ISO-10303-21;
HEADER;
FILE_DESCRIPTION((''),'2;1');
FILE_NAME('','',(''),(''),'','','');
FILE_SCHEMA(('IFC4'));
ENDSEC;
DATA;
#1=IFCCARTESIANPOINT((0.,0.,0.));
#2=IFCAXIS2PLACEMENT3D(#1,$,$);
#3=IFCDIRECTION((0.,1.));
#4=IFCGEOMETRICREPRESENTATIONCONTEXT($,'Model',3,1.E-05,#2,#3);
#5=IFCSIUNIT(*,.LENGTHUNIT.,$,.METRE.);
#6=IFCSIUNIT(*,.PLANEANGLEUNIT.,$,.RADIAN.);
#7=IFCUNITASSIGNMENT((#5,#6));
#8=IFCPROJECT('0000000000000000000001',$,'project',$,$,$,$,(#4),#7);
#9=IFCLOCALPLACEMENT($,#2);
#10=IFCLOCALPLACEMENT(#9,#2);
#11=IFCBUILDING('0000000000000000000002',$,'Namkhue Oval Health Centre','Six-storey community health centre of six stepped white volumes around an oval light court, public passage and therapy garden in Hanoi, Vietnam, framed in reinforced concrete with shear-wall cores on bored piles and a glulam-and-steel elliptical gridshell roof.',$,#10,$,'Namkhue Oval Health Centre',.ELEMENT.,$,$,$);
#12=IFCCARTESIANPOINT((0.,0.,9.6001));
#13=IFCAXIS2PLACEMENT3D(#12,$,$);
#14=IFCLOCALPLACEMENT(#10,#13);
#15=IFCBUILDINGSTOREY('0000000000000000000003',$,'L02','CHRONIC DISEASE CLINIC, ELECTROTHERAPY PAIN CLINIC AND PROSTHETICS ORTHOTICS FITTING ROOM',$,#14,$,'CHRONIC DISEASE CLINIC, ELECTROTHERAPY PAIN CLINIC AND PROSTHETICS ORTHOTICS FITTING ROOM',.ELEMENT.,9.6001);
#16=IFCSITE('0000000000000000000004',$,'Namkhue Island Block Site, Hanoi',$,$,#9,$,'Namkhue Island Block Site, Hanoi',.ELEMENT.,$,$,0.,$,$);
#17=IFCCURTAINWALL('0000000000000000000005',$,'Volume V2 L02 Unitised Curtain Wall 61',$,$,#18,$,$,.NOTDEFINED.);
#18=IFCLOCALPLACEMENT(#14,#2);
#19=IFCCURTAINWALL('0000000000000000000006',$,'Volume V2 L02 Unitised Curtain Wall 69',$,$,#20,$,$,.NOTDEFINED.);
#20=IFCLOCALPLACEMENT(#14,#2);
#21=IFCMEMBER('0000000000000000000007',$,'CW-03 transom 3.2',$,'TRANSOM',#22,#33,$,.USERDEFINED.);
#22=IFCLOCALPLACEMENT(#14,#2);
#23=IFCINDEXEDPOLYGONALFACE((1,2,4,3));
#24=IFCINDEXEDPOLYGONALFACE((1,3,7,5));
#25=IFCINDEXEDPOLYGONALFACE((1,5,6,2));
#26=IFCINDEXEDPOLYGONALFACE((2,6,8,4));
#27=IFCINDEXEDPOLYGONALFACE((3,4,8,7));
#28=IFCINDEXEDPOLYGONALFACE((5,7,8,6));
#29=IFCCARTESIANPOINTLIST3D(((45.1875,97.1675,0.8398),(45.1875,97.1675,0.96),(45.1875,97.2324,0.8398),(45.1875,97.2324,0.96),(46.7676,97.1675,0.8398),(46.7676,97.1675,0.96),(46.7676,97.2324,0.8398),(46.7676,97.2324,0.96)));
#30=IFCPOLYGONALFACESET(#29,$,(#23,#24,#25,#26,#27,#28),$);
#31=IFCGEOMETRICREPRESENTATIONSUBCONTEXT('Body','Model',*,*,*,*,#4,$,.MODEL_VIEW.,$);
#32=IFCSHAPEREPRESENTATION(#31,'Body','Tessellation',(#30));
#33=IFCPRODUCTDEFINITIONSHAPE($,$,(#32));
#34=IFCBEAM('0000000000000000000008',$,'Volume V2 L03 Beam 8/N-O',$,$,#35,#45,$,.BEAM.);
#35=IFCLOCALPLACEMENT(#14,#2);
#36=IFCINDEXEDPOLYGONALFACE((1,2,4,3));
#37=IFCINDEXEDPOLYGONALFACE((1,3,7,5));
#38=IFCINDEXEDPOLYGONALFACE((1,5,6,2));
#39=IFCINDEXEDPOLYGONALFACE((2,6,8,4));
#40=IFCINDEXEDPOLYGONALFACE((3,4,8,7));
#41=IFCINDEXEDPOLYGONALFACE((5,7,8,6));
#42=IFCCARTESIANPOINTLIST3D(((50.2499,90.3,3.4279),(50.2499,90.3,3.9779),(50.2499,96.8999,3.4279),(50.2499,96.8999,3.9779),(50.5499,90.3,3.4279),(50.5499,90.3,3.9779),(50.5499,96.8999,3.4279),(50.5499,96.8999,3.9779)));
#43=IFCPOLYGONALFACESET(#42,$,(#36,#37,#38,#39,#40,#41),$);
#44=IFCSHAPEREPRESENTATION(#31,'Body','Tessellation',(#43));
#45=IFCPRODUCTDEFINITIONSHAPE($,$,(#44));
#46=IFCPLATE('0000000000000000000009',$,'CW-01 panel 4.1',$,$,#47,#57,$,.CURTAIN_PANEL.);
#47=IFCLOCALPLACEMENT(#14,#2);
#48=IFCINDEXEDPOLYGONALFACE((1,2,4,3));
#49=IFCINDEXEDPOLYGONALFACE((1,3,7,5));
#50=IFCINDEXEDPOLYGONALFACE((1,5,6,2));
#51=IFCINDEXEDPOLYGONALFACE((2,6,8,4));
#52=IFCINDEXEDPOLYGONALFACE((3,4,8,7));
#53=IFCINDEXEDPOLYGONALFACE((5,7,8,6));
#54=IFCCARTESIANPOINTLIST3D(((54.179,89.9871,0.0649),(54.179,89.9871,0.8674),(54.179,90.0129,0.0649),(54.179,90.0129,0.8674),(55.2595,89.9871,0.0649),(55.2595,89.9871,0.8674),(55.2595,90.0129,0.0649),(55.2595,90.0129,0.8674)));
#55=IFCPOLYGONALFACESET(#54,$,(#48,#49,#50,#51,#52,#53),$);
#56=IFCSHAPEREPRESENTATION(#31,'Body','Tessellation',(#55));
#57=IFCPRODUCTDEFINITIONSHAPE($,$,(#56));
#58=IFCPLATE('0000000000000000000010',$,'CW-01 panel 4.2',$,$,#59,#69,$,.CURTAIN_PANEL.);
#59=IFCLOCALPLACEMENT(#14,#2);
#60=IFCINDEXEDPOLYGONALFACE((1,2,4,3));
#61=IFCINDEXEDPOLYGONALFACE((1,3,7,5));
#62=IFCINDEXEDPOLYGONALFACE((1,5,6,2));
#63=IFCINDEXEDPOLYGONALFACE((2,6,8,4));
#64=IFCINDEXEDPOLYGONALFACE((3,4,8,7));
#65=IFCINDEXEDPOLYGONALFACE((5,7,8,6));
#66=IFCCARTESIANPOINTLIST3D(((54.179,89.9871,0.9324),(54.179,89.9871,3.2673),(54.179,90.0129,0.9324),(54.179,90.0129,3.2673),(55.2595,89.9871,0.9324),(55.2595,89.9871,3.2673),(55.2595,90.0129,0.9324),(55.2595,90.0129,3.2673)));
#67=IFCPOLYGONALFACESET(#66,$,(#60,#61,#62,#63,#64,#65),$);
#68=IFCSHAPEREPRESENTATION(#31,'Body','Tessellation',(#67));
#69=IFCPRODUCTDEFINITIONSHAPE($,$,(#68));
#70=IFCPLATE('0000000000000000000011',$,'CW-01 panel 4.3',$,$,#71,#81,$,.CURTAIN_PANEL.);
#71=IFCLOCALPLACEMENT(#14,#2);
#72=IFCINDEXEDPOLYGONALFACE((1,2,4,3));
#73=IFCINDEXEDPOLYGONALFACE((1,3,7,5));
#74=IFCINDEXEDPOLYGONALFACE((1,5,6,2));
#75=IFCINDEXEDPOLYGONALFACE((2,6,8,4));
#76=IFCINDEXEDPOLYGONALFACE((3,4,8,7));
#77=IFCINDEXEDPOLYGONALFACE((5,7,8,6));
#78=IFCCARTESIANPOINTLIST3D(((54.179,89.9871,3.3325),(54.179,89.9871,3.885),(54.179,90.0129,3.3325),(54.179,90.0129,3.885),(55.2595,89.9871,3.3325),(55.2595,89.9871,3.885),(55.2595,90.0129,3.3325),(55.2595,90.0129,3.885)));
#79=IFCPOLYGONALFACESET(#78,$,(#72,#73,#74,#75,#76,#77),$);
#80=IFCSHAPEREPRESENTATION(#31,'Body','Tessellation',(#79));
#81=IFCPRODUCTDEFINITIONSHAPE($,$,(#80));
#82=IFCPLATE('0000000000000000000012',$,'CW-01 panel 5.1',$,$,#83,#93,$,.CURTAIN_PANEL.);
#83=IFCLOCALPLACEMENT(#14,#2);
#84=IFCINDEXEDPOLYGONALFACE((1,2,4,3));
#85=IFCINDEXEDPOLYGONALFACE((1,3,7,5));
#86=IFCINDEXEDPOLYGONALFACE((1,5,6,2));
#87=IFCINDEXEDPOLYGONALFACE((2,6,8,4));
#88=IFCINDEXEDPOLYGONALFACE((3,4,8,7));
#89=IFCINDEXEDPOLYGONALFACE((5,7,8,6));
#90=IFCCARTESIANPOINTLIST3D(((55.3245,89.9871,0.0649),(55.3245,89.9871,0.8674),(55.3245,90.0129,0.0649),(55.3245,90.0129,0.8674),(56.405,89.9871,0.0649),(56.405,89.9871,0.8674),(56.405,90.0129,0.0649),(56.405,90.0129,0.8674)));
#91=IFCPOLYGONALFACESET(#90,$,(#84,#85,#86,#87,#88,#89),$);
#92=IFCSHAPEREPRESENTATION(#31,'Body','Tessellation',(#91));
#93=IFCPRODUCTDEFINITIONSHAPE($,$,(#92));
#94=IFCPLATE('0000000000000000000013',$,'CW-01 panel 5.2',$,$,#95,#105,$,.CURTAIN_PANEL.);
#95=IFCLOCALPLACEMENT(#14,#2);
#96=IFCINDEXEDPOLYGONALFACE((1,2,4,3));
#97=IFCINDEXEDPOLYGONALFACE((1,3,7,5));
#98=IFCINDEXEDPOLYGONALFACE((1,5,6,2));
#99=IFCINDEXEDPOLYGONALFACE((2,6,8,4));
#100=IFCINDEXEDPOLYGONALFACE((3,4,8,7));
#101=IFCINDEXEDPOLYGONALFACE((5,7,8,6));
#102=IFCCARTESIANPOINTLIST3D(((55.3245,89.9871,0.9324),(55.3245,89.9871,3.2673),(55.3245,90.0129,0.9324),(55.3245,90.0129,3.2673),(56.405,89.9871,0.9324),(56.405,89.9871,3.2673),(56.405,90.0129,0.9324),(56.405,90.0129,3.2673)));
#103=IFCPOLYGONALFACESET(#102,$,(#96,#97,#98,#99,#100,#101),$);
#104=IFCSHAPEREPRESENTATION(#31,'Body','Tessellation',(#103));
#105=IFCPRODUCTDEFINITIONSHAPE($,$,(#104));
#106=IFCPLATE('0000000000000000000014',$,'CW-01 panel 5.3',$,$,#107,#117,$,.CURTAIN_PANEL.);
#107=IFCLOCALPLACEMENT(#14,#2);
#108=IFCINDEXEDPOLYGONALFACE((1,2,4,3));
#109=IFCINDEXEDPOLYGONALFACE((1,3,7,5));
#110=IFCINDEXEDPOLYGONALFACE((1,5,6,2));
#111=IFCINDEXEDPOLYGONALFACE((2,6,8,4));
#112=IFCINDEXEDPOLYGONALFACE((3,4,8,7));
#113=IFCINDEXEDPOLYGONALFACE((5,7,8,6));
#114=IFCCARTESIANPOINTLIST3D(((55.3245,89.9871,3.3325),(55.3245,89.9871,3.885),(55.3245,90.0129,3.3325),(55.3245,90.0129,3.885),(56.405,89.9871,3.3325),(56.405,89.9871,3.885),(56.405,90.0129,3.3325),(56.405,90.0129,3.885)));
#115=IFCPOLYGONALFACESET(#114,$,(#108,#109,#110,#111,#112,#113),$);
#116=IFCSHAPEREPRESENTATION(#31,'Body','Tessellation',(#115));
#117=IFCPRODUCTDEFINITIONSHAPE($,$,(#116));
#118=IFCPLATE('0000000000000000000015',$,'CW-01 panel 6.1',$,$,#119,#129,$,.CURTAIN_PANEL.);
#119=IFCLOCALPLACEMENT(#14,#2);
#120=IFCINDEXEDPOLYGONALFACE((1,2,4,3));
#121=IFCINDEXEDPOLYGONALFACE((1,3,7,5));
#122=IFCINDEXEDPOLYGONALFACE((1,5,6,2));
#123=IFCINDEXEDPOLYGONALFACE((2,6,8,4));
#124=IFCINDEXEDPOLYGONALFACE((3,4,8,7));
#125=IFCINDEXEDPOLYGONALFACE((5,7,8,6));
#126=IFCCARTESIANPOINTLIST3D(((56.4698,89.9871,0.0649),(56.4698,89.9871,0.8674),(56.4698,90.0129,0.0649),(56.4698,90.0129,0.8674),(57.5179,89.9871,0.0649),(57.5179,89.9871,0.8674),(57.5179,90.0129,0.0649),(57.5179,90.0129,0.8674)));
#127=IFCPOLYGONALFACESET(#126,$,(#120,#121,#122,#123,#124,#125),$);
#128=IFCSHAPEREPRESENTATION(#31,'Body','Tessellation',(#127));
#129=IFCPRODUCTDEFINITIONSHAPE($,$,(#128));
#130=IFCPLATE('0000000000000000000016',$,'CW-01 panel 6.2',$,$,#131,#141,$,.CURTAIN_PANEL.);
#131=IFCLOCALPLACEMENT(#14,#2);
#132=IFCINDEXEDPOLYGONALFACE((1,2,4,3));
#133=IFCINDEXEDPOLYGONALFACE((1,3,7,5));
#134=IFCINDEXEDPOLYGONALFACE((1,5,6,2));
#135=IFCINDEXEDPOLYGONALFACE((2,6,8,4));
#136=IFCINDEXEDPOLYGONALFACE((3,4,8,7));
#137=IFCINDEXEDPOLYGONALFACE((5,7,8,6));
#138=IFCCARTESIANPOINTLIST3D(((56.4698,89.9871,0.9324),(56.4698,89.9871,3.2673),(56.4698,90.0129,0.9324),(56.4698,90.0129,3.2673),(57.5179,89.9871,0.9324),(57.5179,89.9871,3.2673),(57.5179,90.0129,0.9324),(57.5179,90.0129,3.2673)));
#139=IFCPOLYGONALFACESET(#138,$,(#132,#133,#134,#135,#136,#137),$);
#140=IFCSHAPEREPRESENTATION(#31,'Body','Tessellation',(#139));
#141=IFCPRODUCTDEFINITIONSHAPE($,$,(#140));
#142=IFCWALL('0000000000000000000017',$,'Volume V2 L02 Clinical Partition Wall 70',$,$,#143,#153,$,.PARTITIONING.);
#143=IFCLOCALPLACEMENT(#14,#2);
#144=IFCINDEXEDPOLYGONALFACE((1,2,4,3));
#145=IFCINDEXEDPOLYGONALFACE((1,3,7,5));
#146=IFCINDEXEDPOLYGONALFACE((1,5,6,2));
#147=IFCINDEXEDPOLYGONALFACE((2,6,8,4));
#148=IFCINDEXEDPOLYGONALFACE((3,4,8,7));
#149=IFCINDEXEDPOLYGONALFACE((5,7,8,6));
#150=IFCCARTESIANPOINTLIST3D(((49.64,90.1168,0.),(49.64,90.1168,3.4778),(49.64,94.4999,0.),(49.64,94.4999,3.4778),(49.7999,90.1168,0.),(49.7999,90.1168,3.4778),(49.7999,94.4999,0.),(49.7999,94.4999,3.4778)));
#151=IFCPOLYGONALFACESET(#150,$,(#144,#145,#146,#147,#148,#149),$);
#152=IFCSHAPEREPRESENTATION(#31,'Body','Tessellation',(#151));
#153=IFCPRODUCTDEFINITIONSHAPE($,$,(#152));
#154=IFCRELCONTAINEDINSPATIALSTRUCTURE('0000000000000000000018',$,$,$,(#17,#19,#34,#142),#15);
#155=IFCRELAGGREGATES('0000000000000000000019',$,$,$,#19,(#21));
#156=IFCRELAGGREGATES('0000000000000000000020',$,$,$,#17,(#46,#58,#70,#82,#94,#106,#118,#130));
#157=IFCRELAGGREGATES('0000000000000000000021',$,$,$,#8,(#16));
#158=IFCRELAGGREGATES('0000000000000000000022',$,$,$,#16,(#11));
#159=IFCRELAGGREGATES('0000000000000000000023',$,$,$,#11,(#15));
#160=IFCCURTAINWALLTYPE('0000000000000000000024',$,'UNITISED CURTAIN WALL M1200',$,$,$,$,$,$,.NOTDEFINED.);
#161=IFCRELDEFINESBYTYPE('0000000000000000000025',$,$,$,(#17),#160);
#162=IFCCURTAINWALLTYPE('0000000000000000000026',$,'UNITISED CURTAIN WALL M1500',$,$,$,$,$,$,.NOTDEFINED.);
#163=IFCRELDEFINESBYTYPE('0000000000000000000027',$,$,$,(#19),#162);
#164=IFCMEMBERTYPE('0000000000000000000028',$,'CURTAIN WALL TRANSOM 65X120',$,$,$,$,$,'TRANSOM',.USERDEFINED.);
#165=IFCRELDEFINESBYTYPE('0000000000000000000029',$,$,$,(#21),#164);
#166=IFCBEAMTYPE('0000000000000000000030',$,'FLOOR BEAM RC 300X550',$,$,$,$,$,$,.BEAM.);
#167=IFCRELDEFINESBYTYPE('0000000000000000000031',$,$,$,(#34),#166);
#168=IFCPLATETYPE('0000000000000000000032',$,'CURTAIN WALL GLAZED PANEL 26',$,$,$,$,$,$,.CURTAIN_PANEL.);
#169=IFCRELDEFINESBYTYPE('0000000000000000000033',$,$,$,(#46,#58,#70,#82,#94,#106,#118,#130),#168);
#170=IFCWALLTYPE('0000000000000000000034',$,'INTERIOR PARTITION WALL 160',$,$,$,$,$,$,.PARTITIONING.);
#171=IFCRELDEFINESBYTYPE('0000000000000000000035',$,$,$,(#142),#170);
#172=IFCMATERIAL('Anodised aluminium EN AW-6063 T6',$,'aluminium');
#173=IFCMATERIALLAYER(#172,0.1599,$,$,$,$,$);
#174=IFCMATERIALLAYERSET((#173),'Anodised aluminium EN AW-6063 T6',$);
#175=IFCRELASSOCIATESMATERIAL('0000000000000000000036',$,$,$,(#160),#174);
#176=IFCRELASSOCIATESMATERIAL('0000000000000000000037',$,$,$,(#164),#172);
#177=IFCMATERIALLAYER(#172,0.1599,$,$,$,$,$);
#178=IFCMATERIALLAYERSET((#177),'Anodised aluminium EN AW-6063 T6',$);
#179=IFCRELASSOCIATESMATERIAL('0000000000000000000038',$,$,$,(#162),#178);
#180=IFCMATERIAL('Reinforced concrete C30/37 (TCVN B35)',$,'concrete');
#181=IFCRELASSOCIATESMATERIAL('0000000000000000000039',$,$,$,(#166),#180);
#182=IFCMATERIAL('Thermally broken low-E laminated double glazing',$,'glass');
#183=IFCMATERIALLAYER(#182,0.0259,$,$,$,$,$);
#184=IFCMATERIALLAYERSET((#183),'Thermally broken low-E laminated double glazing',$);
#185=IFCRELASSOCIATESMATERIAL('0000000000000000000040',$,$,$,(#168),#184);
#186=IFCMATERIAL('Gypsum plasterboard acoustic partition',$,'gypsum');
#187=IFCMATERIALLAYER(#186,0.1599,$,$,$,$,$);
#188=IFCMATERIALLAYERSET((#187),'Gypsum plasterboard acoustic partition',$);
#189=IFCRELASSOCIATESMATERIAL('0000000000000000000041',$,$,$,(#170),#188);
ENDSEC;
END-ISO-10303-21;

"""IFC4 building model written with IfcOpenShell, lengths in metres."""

from ifc_helpers import new_model, si_unit, direction, frame, frame_2d, origin, origin_2d, place, context, subcontext, project, spatial, rectangle, extrude, material, layer, layer_set, material_profile, profile_set, type_object, element, aggregate, save


model = new_model("IFC4")

# Units and contexts
model_context = context("Model", 3, precision=1e-05, world=origin(), true_north=direction((0.0, 1.0)))
body_context = subcontext(model_context, "Body", "Model", "MODEL_VIEW")
ifc_project = project(units=[si_unit("LENGTHUNIT", "METRE"), si_unit("PLANEANGLEUNIT", "RADIAN")], contexts=[model_context])

# Site, building, storey
site_placement = place(None, origin())
site = spatial("IfcSite", under=ifc_project, at=site_placement, Name="Namkhue Island Block Site, Hanoi", LongName="Namkhue Island Block Site, Hanoi", CompositionType="ELEMENT", RefElevation=0.0)
building_placement = place(site_placement, origin())
building = spatial("IfcBuilding", under=site, at=building_placement, Name="Namkhue Oval Health Centre", Description="Six-storey community health centre of six stepped white volumes around an oval light court, public passage and therapy garden in Hanoi, Vietnam, framed in reinforced concrete with shear-wall cores on bored piles and a glulam-and-steel elliptical gridshell roof.", LongName="Namkhue Oval Health Centre", CompositionType="ELEMENT")
storey_placement = place(building_placement, frame((0.0, 0.0, 9.6001)))
storey = spatial("IfcBuildingStorey", under=building, at=storey_placement, Name="L02", Description="CHRONIC DISEASE CLINIC, ELECTROTHERAPY PAIN CLINIC AND PROSTHETICS ORTHOTICS FITTING ROOM", LongName="CHRONIC DISEASE CLINIC, ELECTROTHERAPY PAIN CLINIC AND PROSTHETICS ORTHOTICS FITTING ROOM", CompositionType="ELEMENT", Elevation=9.6001)

# Curtain wall
ifc_material_1 = material(Name="Anodised aluminium EN AW-6063 T6", Category="aluminium")
ifc_layer_1 = layer(ifc_material_1, 0.1599)
ifc_layer_set_1 = layer_set([ifc_layer_1], Name="Anodised aluminium EN AW-6063 T6")
curtain_wall_type_1 = type_object("IfcCurtainWallType", Name="UNITISED CURTAIN WALL M1200", PredefinedType="NOTDEFINED", material=ifc_layer_set_1)
curtain_wall_1_placement = place(storey_placement, origin())
curtain_wall_1 = element("IfcCurtainWall", 1, at=curtain_wall_1_placement, inside=storey, type_object=curtain_wall_type_1, Name="Volume V2 L02 Unitised Curtain Wall 61", PredefinedType="NOTDEFINED")
ifc_material_profile_1 = material_profile(ifc_material_1, rectangle(XDim=0.0649, YDim=0.1201, at=origin_2d()), Name="ALU 65x120")
ifc_profile_set_1 = profile_set([ifc_material_profile_1], Name="Anodised aluminium EN AW-6063 T6")
member_type_1 = type_object("IfcMemberType", Name="CURTAIN WALL TRANSOM 65X120", ElementType="TRANSOM", PredefinedType="USERDEFINED", material=ifc_profile_set_1)

# Curtain wall, member
ifc_layer_2 = layer(ifc_material_1, 0.1599)
ifc_layer_set_2 = layer_set([ifc_layer_2], Name="Anodised aluminium EN AW-6063 T6")
curtain_wall_type_2 = type_object("IfcCurtainWallType", Name="UNITISED CURTAIN WALL M1500", PredefinedType="NOTDEFINED", material=ifc_layer_set_2)
curtain_wall_2_placement = place(storey_placement, origin())
curtain_wall_2 = element("IfcCurtainWall", 2, at=curtain_wall_2_placement, inside=storey, type_object=curtain_wall_type_2, Name="Volume V2 L02 Unitised Curtain Wall 69", PredefinedType="NOTDEFINED")
member_1_placement = place(storey_placement, frame((46.7676, 97.2, 0.8999), z_axis=(-1.0, 0.0, 0.0), x_axis=(0.0, -1.0, 0.0)))
member_1 = element("IfcMember", 3, at=member_1_placement, type_object=member_type_1, Name="CW-03 transom 3.2", ObjectType="TRANSOM", PredefinedType="USERDEFINED", context=body_context, shape_type="SweptSolid", body=[
    extrude(rectangle(XDim=0.0649, YDim=0.1201, at=origin_2d()), origin(), (0.0, 0.0, 1.0), 1.5801),
])
aggregate(curtain_wall_2, [member_1])

# Beam
ifc_material_2 = material(Name="Reinforced concrete C30/37 (TCVN B35)", Category="concrete")
ifc_material_profile_2 = material_profile(ifc_material_2, rectangle(XDim=0.3, YDim=0.55, at=origin_2d()), Name="RC 300x550")
ifc_profile_set_2 = profile_set([ifc_material_profile_2], Name="Reinforced concrete C30/37 (TCVN B35)")
beam_type = type_object("IfcBeamType", Name="FLOOR BEAM RC 300X550", PredefinedType="BEAM", material=ifc_profile_set_2)
beam_placement = place(storey_placement, frame((50.3999, 90.3, 3.7029), z_axis=(0.0, 1.0, 0.0), x_axis=(-1.0, 0.0, 0.0)))
element("IfcBeam", 4, at=beam_placement, inside=storey, type_object=beam_type, Name="Volume V2 L03 Beam 8/N-O", PredefinedType="BEAM", context=body_context, shape_type="SweptSolid", body=[
    extrude(rectangle(XDim=0.3, YDim=0.55, at=origin_2d()), origin(), (0.0, 0.0, 1.0), 6.5999),
])

# Plates
ifc_material_3 = material(Name="Thermally broken low-E laminated double glazing", Category="glass")
ifc_layer_3 = layer(ifc_material_3, 0.0259)
ifc_layer_set_3 = layer_set([ifc_layer_3], Name="Thermally broken low-E laminated double glazing")
plate_type = type_object("IfcPlateType", Name="CURTAIN WALL GLAZED PANEL 26", PredefinedType="CURTAIN_PANEL", material=ifc_layer_set_3)
plate_1_placement = place(storey_placement, frame((54.7192, 90.0, 0.0649), z_axis=(0.0, 0.0, 1.0), x_axis=(1.0, 0.0, 0.0)))
plate_1 = element("IfcPlate", 5, at=plate_1_placement, type_object=plate_type, Name="CW-01 panel 4.1", PredefinedType="CURTAIN_PANEL", context=body_context, shape_type="SweptSolid", body=[
    extrude(rectangle(XDim=1.0806, YDim=0.0259, at=origin_2d()), origin(), (0.0, 0.0, 1.0), 0.8025),
])
plate_2_placement = place(storey_placement, frame((54.7192, 90.0, 0.9324), z_axis=(0.0, 0.0, 1.0), x_axis=(1.0, 0.0, 0.0)))
plate_2 = element("IfcPlate", 6, at=plate_2_placement, type_object=plate_type, Name="CW-01 panel 4.2", PredefinedType="CURTAIN_PANEL", context=body_context, shape_type="SweptSolid", body=[
    extrude(rectangle(XDim=1.0806, YDim=0.0259, at=origin_2d()), origin(), (0.0, 0.0, 1.0), 2.335),
])
plate_3_placement = place(storey_placement, frame((54.7192, 90.0, 3.3325), z_axis=(0.0, 0.0, 1.0), x_axis=(1.0, 0.0, 0.0)))
plate_3 = element("IfcPlate", 7, at=plate_3_placement, type_object=plate_type, Name="CW-01 panel 4.3", PredefinedType="CURTAIN_PANEL", context=body_context, shape_type="SweptSolid", body=[
    extrude(rectangle(XDim=1.0806, YDim=0.0259, at=origin_2d()), origin(), (0.0, 0.0, 1.0), 0.5525),
])
plate_4_placement = place(storey_placement, frame((55.8647, 90.0, 0.0649), z_axis=(0.0, 0.0, 1.0), x_axis=(1.0, 0.0, 0.0)))
plate_4 = element("IfcPlate", 8, at=plate_4_placement, type_object=plate_type, Name="CW-01 panel 5.1", PredefinedType="CURTAIN_PANEL", context=body_context, shape_type="SweptSolid", body=[
    extrude(rectangle(XDim=1.0806, YDim=0.0259, at=origin_2d()), origin(), (0.0, 0.0, 1.0), 0.8025),
])
plate_5_placement = place(storey_placement, frame((55.8647, 90.0, 0.9324), z_axis=(0.0, 0.0, 1.0), x_axis=(1.0, 0.0, 0.0)))
plate_5 = element("IfcPlate", 9, at=plate_5_placement, type_object=plate_type, Name="CW-01 panel 5.2", PredefinedType="CURTAIN_PANEL", context=body_context, shape_type="SweptSolid", body=[
    extrude(rectangle(XDim=1.0806, YDim=0.0259, at=origin_2d()), origin(), (0.0, 0.0, 1.0), 2.335),
])
plate_6_placement = place(storey_placement, frame((55.8647, 90.0, 3.3325), z_axis=(0.0, 0.0, 1.0), x_axis=(1.0, 0.0, 0.0)))
plate_6 = element("IfcPlate", 10, at=plate_6_placement, type_object=plate_type, Name="CW-01 panel 5.3", PredefinedType="CURTAIN_PANEL", context=body_context, shape_type="SweptSolid", body=[
    extrude(rectangle(XDim=1.0806, YDim=0.0259, at=origin_2d()), origin(), (0.0, 0.0, 1.0), 0.5525),
])
plate_7_placement = place(storey_placement, frame((56.9939, 90.0, 0.0649), z_axis=(0.0, 0.0, 1.0), x_axis=(1.0, 0.0, 0.0)))
plate_7 = element("IfcPlate", 11, at=plate_7_placement, type_object=plate_type, Name="CW-01 panel 6.1", PredefinedType="CURTAIN_PANEL", context=body_context, shape_type="SweptSolid", body=[
    extrude(rectangle(XDim=1.0481, YDim=0.0259, at=origin_2d()), origin(), (0.0, 0.0, 1.0), 0.8025),
])
plate_8_placement = place(storey_placement, frame((56.9939, 90.0, 0.9324), z_axis=(0.0, 0.0, 1.0), x_axis=(1.0, 0.0, 0.0)))
plate_8 = element("IfcPlate", 12, at=plate_8_placement, type_object=plate_type, Name="CW-01 panel 6.2", PredefinedType="CURTAIN_PANEL", context=body_context, shape_type="SweptSolid", body=[
    extrude(rectangle(XDim=1.0481, YDim=0.0259, at=origin_2d()), origin(), (0.0, 0.0, 1.0), 2.335),
])
aggregate(curtain_wall_1, [plate_1, plate_2, plate_3, plate_4, plate_5, plate_6, plate_7, plate_8])

# Wall
ifc_material_4 = material(Name="Gypsum plasterboard acoustic partition", Category="gypsum")
ifc_layer_4 = layer(ifc_material_4, 0.1599)
ifc_layer_set_4 = layer_set([ifc_layer_4], Name="Gypsum plasterboard acoustic partition")
wall_type = type_object("IfcWallType", Name="INTERIOR PARTITION WALL 160", PredefinedType="PARTITIONING", material=ifc_layer_set_4)
wall_placement = place(storey_placement, frame((49.72, 90.1169, 0.0), z_axis=(0.0, 0.0, 1.0), x_axis=(0.0, 1.0, 0.0)))
element("IfcWall", 13, at=wall_placement, inside=storey, type_object=wall_type, Name="Volume V2 L02 Clinical Partition Wall 70", PredefinedType="PARTITIONING", context=body_context, shape_type="SweptSolid", body=[
    extrude(rectangle(XDim=4.3831, YDim=0.1599, at=frame_2d((2.1914, 0.0))), origin(), (0.0, 0.0, 1.0), 3.4778),
])

save(model, "model.ifc")
